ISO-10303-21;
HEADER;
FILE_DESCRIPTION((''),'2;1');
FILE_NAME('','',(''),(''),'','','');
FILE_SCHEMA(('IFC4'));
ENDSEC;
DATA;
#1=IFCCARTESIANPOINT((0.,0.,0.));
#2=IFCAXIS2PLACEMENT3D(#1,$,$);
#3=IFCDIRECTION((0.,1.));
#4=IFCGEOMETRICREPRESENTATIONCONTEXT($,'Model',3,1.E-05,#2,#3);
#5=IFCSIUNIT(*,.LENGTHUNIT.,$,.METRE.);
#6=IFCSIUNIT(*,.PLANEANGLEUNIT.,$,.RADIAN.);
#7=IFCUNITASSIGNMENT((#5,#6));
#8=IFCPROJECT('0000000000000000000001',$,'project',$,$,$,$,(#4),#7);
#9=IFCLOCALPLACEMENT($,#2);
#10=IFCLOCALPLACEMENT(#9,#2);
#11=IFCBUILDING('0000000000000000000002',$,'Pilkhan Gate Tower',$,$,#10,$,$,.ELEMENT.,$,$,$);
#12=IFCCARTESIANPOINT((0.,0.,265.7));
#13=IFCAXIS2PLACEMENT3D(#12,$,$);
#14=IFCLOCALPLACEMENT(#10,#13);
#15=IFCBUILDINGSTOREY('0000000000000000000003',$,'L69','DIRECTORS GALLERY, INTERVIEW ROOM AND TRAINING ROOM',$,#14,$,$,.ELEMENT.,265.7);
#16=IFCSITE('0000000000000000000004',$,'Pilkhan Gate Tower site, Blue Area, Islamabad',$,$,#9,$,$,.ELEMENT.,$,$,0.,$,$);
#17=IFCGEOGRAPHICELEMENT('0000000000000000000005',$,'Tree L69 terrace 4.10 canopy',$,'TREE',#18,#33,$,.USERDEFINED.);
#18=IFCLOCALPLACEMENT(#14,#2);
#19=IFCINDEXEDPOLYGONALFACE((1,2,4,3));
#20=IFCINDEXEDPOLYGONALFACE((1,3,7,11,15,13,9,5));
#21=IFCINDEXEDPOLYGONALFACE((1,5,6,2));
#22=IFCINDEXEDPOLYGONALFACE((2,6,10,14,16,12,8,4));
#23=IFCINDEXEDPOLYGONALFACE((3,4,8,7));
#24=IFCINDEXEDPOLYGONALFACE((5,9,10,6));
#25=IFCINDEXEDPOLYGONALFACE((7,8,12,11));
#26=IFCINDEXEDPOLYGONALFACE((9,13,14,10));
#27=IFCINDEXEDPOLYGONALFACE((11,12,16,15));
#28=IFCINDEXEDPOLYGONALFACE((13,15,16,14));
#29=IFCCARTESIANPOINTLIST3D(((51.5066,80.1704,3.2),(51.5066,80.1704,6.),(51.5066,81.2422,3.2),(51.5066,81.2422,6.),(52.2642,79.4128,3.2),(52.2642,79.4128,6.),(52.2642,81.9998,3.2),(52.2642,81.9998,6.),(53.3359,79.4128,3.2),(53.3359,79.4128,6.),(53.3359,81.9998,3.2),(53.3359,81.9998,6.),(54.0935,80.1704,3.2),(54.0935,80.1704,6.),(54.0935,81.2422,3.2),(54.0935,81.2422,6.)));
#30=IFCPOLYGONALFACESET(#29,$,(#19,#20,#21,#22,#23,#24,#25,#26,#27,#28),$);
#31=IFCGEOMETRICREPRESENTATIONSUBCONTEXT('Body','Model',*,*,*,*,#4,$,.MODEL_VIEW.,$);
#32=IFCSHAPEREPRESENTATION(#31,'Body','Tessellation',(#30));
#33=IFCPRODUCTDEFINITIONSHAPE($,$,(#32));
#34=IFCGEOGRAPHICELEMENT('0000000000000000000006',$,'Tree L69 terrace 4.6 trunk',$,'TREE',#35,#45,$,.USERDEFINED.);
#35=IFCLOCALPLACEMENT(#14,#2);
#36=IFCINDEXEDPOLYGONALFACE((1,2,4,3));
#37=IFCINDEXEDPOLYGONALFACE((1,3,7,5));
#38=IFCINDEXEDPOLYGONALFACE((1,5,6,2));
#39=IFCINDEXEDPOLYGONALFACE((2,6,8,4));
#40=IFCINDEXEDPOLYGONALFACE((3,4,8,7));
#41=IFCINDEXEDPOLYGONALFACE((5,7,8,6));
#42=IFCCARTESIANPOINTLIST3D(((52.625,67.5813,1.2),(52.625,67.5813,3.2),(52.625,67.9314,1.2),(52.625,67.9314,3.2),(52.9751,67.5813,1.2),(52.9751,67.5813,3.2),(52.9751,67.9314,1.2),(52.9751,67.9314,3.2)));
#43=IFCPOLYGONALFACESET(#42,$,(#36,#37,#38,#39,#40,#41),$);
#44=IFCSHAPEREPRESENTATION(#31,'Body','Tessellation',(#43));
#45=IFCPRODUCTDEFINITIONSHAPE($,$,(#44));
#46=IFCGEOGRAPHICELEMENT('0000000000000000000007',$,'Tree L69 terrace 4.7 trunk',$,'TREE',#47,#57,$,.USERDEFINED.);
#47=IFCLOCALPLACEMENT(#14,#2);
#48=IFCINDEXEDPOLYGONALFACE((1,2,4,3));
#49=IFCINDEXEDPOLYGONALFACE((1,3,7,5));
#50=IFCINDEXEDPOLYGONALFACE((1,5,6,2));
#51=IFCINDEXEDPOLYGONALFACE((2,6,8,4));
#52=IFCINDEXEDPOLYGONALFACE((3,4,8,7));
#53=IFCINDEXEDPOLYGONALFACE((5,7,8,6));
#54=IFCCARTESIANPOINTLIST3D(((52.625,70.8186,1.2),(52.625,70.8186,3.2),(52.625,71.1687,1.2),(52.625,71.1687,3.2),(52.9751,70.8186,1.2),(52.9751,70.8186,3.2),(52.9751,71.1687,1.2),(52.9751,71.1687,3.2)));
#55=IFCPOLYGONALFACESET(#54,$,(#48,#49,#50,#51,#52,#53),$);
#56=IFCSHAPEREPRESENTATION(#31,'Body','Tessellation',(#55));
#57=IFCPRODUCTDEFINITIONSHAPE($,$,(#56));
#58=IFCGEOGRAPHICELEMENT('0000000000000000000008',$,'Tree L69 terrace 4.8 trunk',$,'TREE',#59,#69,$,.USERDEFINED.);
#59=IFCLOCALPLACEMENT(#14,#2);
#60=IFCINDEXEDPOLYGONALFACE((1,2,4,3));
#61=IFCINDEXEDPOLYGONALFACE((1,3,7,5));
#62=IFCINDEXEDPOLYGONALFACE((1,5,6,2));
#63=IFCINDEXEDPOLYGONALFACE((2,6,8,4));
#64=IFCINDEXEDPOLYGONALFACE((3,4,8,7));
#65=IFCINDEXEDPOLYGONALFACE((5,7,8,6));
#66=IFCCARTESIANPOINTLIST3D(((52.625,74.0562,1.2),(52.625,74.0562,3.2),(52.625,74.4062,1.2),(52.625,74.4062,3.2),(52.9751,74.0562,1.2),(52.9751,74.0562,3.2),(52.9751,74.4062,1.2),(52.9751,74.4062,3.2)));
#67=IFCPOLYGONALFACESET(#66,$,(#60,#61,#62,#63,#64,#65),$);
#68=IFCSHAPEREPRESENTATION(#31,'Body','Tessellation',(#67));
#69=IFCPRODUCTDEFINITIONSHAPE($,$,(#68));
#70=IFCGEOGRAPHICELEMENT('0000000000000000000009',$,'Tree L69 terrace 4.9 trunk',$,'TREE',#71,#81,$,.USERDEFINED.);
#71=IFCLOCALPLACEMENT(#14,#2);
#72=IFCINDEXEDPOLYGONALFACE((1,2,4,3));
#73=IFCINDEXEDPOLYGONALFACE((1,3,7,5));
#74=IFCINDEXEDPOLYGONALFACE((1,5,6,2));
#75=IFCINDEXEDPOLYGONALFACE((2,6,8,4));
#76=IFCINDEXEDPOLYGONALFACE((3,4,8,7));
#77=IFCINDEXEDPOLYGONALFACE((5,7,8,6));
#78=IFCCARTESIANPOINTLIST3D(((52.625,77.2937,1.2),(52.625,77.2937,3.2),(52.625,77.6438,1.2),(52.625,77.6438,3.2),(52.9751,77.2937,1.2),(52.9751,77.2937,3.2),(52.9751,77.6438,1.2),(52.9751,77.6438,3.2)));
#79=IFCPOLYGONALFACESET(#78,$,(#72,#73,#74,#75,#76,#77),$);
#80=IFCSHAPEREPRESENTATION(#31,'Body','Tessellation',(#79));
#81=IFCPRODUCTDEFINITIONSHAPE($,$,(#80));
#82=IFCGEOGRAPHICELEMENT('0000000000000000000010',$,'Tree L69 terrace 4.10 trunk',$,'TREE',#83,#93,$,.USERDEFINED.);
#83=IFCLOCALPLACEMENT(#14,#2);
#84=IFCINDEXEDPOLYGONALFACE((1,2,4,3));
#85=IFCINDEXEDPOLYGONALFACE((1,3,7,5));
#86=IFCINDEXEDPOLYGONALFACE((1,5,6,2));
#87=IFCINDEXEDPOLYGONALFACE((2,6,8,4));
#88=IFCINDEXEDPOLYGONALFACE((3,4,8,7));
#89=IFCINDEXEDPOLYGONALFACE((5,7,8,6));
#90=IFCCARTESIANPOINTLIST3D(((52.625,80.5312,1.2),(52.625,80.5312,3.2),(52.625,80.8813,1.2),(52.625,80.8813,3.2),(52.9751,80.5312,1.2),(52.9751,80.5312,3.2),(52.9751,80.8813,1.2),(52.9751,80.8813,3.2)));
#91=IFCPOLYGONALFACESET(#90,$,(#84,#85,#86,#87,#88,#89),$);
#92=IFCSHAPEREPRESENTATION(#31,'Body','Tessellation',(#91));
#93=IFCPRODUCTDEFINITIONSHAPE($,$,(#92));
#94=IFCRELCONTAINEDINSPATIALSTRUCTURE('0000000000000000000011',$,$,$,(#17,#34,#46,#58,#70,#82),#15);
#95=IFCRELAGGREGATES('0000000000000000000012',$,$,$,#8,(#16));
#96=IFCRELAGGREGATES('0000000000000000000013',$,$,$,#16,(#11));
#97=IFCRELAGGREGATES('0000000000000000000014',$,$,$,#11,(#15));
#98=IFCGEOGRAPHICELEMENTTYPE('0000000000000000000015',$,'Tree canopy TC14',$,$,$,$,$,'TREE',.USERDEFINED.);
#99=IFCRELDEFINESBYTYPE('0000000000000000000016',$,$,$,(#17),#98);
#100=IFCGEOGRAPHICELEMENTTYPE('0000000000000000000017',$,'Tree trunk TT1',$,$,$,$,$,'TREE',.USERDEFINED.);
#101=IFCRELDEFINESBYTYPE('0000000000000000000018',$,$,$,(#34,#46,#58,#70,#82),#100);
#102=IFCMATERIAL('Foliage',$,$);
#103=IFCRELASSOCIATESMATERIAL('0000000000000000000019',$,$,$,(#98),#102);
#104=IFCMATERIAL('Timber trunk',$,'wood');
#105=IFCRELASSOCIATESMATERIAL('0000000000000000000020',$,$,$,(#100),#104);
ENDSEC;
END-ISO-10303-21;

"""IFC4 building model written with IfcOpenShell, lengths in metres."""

from ifc_helpers import new_model, si_unit, direction, frame, origin, origin_2d, place, context, subcontext, project, spatial, polyline, rectangle, outline, extrude, material, material_profile, profile_set, type_object, element, save


model = new_model("IFC4")

# Units and contexts
model_context = context("Model", 3, precision=1e-05, world=origin(), true_north=direction((0.0, 1.0)))
body_context = subcontext(model_context, "Body", "Model", "MODEL_VIEW")
ifc_project = project(units=[si_unit("LENGTHUNIT", "METRE"), si_unit("PLANEANGLEUNIT", "RADIAN")], contexts=[model_context])

# Site, building, storey
site_placement = place(None, origin())
site = spatial("IfcSite", under=ifc_project, at=site_placement, Name="Pilkhan Gate Tower site, Blue Area, Islamabad", CompositionType="ELEMENT", RefElevation=0.0)
building_placement = place(site_placement, origin())
building = spatial("IfcBuilding", under=site, at=building_placement, Name="Pilkhan Gate Tower", CompositionType="ELEMENT")
storey_placement = place(building_placement, frame((0.0, 0.0, 265.7)))
storey = spatial("IfcBuildingStorey", under=building, at=storey_placement, Name="L69", Description="DIRECTORS GALLERY, INTERVIEW ROOM AND TRAINING ROOM", CompositionType="ELEMENT", Elevation=265.7)

# Geographic elements
ifc_material_1 = material(Name="Foliage")
ifc_material_profile_1 = material_profile(ifc_material_1, outline(polyline([(1.2935, 0.5359), (0.5359, 1.2935), (-0.5359, 1.2935), (-1.2935, 0.5359), (-1.2935, -0.5359), (-0.5359, -1.2935), (0.5359, -1.2935), (1.2935, -0.5359), (1.2935, 0.5359)])), Name="Canopy D2.8")
ifc_profile_set_1 = profile_set([ifc_material_profile_1], Name="Foliage")
geographic_element_type_1 = type_object("IfcGeographicElementType", Name="Tree canopy TC14", ElementType="TREE", PredefinedType="USERDEFINED", material=ifc_profile_set_1)
for number, where, z_axis, x_axis, name in (
    (1, (52.8, 80.7063, 3.2), (0.0, 0.0, 1.0), (1.0, 0.0, 0.0), "Tree L69 terrace 4.10 canopy"),
):
    element("IfcGeographicElement", number, at=place(storey_placement, frame(where, z_axis=z_axis, x_axis=x_axis)), inside=storey, type_object=geographic_element_type_1, Name=name, ObjectType="TREE", PredefinedType="USERDEFINED", context=body_context, shape_type="SweptSolid", body=[
        extrude(outline(polyline([(1.2935, 0.5359), (0.5359, 1.2935), (-0.5359, 1.2935), (-1.2935, 0.5359), (-1.2935, -0.5359), (-0.5359, -1.2935), (0.5359, -1.2935), (1.2935, -0.5359), (1.2935, 0.5359)])), origin(), (0.0, 0.0, 1.0), 2.8),
    ])
ifc_material_2 = material(Name="Timber trunk", Category="wood")
geographic_element_type_2 = type_object("IfcGeographicElementType", Name="Tree trunk TT1", ElementType="TREE", PredefinedType="USERDEFINED", material=ifc_material_2)
for number, where, z_axis, x_axis, name in (
    (2, (52.8, 67.7563, 1.2), (0.0, 0.0, 1.0), (1.0, 0.0, 0.0), "Tree L69 terrace 4.6 trunk"),
    (3, (52.8, 70.9937, 1.2), (0.0, 0.0, 1.0), (1.0, 0.0, 0.0), "Tree L69 terrace 4.7 trunk"),
    (4, (52.8, 74.2312, 1.2), (0.0, 0.0, 1.0), (1.0, 0.0, 0.0), "Tree L69 terrace 4.8 trunk"),
    (5, (52.8, 77.4688, 1.2), (0.0, 0.0, 1.0), (1.0, 0.0, 0.0), "Tree L69 terrace 4.9 trunk"),
    (6, (52.8, 80.7063, 1.2), (0.0, 0.0, 1.0), (1.0, 0.0, 0.0), "Tree L69 terrace 4.10 trunk"),
):
    element("IfcGeographicElement", number, at=place(storey_placement, frame(where, z_axis=z_axis, x_axis=x_axis)), inside=storey, type_object=geographic_element_type_2, Name=name, ObjectType="TREE", PredefinedType="USERDEFINED", context=body_context, shape_type="SweptSolid", body=[
        extrude(rectangle(XDim=0.3501, YDim=0.3501, at=origin_2d()), origin(), (0.0, 0.0, 1.0), 2.0),
    ])

save(model, "model.ifc")
